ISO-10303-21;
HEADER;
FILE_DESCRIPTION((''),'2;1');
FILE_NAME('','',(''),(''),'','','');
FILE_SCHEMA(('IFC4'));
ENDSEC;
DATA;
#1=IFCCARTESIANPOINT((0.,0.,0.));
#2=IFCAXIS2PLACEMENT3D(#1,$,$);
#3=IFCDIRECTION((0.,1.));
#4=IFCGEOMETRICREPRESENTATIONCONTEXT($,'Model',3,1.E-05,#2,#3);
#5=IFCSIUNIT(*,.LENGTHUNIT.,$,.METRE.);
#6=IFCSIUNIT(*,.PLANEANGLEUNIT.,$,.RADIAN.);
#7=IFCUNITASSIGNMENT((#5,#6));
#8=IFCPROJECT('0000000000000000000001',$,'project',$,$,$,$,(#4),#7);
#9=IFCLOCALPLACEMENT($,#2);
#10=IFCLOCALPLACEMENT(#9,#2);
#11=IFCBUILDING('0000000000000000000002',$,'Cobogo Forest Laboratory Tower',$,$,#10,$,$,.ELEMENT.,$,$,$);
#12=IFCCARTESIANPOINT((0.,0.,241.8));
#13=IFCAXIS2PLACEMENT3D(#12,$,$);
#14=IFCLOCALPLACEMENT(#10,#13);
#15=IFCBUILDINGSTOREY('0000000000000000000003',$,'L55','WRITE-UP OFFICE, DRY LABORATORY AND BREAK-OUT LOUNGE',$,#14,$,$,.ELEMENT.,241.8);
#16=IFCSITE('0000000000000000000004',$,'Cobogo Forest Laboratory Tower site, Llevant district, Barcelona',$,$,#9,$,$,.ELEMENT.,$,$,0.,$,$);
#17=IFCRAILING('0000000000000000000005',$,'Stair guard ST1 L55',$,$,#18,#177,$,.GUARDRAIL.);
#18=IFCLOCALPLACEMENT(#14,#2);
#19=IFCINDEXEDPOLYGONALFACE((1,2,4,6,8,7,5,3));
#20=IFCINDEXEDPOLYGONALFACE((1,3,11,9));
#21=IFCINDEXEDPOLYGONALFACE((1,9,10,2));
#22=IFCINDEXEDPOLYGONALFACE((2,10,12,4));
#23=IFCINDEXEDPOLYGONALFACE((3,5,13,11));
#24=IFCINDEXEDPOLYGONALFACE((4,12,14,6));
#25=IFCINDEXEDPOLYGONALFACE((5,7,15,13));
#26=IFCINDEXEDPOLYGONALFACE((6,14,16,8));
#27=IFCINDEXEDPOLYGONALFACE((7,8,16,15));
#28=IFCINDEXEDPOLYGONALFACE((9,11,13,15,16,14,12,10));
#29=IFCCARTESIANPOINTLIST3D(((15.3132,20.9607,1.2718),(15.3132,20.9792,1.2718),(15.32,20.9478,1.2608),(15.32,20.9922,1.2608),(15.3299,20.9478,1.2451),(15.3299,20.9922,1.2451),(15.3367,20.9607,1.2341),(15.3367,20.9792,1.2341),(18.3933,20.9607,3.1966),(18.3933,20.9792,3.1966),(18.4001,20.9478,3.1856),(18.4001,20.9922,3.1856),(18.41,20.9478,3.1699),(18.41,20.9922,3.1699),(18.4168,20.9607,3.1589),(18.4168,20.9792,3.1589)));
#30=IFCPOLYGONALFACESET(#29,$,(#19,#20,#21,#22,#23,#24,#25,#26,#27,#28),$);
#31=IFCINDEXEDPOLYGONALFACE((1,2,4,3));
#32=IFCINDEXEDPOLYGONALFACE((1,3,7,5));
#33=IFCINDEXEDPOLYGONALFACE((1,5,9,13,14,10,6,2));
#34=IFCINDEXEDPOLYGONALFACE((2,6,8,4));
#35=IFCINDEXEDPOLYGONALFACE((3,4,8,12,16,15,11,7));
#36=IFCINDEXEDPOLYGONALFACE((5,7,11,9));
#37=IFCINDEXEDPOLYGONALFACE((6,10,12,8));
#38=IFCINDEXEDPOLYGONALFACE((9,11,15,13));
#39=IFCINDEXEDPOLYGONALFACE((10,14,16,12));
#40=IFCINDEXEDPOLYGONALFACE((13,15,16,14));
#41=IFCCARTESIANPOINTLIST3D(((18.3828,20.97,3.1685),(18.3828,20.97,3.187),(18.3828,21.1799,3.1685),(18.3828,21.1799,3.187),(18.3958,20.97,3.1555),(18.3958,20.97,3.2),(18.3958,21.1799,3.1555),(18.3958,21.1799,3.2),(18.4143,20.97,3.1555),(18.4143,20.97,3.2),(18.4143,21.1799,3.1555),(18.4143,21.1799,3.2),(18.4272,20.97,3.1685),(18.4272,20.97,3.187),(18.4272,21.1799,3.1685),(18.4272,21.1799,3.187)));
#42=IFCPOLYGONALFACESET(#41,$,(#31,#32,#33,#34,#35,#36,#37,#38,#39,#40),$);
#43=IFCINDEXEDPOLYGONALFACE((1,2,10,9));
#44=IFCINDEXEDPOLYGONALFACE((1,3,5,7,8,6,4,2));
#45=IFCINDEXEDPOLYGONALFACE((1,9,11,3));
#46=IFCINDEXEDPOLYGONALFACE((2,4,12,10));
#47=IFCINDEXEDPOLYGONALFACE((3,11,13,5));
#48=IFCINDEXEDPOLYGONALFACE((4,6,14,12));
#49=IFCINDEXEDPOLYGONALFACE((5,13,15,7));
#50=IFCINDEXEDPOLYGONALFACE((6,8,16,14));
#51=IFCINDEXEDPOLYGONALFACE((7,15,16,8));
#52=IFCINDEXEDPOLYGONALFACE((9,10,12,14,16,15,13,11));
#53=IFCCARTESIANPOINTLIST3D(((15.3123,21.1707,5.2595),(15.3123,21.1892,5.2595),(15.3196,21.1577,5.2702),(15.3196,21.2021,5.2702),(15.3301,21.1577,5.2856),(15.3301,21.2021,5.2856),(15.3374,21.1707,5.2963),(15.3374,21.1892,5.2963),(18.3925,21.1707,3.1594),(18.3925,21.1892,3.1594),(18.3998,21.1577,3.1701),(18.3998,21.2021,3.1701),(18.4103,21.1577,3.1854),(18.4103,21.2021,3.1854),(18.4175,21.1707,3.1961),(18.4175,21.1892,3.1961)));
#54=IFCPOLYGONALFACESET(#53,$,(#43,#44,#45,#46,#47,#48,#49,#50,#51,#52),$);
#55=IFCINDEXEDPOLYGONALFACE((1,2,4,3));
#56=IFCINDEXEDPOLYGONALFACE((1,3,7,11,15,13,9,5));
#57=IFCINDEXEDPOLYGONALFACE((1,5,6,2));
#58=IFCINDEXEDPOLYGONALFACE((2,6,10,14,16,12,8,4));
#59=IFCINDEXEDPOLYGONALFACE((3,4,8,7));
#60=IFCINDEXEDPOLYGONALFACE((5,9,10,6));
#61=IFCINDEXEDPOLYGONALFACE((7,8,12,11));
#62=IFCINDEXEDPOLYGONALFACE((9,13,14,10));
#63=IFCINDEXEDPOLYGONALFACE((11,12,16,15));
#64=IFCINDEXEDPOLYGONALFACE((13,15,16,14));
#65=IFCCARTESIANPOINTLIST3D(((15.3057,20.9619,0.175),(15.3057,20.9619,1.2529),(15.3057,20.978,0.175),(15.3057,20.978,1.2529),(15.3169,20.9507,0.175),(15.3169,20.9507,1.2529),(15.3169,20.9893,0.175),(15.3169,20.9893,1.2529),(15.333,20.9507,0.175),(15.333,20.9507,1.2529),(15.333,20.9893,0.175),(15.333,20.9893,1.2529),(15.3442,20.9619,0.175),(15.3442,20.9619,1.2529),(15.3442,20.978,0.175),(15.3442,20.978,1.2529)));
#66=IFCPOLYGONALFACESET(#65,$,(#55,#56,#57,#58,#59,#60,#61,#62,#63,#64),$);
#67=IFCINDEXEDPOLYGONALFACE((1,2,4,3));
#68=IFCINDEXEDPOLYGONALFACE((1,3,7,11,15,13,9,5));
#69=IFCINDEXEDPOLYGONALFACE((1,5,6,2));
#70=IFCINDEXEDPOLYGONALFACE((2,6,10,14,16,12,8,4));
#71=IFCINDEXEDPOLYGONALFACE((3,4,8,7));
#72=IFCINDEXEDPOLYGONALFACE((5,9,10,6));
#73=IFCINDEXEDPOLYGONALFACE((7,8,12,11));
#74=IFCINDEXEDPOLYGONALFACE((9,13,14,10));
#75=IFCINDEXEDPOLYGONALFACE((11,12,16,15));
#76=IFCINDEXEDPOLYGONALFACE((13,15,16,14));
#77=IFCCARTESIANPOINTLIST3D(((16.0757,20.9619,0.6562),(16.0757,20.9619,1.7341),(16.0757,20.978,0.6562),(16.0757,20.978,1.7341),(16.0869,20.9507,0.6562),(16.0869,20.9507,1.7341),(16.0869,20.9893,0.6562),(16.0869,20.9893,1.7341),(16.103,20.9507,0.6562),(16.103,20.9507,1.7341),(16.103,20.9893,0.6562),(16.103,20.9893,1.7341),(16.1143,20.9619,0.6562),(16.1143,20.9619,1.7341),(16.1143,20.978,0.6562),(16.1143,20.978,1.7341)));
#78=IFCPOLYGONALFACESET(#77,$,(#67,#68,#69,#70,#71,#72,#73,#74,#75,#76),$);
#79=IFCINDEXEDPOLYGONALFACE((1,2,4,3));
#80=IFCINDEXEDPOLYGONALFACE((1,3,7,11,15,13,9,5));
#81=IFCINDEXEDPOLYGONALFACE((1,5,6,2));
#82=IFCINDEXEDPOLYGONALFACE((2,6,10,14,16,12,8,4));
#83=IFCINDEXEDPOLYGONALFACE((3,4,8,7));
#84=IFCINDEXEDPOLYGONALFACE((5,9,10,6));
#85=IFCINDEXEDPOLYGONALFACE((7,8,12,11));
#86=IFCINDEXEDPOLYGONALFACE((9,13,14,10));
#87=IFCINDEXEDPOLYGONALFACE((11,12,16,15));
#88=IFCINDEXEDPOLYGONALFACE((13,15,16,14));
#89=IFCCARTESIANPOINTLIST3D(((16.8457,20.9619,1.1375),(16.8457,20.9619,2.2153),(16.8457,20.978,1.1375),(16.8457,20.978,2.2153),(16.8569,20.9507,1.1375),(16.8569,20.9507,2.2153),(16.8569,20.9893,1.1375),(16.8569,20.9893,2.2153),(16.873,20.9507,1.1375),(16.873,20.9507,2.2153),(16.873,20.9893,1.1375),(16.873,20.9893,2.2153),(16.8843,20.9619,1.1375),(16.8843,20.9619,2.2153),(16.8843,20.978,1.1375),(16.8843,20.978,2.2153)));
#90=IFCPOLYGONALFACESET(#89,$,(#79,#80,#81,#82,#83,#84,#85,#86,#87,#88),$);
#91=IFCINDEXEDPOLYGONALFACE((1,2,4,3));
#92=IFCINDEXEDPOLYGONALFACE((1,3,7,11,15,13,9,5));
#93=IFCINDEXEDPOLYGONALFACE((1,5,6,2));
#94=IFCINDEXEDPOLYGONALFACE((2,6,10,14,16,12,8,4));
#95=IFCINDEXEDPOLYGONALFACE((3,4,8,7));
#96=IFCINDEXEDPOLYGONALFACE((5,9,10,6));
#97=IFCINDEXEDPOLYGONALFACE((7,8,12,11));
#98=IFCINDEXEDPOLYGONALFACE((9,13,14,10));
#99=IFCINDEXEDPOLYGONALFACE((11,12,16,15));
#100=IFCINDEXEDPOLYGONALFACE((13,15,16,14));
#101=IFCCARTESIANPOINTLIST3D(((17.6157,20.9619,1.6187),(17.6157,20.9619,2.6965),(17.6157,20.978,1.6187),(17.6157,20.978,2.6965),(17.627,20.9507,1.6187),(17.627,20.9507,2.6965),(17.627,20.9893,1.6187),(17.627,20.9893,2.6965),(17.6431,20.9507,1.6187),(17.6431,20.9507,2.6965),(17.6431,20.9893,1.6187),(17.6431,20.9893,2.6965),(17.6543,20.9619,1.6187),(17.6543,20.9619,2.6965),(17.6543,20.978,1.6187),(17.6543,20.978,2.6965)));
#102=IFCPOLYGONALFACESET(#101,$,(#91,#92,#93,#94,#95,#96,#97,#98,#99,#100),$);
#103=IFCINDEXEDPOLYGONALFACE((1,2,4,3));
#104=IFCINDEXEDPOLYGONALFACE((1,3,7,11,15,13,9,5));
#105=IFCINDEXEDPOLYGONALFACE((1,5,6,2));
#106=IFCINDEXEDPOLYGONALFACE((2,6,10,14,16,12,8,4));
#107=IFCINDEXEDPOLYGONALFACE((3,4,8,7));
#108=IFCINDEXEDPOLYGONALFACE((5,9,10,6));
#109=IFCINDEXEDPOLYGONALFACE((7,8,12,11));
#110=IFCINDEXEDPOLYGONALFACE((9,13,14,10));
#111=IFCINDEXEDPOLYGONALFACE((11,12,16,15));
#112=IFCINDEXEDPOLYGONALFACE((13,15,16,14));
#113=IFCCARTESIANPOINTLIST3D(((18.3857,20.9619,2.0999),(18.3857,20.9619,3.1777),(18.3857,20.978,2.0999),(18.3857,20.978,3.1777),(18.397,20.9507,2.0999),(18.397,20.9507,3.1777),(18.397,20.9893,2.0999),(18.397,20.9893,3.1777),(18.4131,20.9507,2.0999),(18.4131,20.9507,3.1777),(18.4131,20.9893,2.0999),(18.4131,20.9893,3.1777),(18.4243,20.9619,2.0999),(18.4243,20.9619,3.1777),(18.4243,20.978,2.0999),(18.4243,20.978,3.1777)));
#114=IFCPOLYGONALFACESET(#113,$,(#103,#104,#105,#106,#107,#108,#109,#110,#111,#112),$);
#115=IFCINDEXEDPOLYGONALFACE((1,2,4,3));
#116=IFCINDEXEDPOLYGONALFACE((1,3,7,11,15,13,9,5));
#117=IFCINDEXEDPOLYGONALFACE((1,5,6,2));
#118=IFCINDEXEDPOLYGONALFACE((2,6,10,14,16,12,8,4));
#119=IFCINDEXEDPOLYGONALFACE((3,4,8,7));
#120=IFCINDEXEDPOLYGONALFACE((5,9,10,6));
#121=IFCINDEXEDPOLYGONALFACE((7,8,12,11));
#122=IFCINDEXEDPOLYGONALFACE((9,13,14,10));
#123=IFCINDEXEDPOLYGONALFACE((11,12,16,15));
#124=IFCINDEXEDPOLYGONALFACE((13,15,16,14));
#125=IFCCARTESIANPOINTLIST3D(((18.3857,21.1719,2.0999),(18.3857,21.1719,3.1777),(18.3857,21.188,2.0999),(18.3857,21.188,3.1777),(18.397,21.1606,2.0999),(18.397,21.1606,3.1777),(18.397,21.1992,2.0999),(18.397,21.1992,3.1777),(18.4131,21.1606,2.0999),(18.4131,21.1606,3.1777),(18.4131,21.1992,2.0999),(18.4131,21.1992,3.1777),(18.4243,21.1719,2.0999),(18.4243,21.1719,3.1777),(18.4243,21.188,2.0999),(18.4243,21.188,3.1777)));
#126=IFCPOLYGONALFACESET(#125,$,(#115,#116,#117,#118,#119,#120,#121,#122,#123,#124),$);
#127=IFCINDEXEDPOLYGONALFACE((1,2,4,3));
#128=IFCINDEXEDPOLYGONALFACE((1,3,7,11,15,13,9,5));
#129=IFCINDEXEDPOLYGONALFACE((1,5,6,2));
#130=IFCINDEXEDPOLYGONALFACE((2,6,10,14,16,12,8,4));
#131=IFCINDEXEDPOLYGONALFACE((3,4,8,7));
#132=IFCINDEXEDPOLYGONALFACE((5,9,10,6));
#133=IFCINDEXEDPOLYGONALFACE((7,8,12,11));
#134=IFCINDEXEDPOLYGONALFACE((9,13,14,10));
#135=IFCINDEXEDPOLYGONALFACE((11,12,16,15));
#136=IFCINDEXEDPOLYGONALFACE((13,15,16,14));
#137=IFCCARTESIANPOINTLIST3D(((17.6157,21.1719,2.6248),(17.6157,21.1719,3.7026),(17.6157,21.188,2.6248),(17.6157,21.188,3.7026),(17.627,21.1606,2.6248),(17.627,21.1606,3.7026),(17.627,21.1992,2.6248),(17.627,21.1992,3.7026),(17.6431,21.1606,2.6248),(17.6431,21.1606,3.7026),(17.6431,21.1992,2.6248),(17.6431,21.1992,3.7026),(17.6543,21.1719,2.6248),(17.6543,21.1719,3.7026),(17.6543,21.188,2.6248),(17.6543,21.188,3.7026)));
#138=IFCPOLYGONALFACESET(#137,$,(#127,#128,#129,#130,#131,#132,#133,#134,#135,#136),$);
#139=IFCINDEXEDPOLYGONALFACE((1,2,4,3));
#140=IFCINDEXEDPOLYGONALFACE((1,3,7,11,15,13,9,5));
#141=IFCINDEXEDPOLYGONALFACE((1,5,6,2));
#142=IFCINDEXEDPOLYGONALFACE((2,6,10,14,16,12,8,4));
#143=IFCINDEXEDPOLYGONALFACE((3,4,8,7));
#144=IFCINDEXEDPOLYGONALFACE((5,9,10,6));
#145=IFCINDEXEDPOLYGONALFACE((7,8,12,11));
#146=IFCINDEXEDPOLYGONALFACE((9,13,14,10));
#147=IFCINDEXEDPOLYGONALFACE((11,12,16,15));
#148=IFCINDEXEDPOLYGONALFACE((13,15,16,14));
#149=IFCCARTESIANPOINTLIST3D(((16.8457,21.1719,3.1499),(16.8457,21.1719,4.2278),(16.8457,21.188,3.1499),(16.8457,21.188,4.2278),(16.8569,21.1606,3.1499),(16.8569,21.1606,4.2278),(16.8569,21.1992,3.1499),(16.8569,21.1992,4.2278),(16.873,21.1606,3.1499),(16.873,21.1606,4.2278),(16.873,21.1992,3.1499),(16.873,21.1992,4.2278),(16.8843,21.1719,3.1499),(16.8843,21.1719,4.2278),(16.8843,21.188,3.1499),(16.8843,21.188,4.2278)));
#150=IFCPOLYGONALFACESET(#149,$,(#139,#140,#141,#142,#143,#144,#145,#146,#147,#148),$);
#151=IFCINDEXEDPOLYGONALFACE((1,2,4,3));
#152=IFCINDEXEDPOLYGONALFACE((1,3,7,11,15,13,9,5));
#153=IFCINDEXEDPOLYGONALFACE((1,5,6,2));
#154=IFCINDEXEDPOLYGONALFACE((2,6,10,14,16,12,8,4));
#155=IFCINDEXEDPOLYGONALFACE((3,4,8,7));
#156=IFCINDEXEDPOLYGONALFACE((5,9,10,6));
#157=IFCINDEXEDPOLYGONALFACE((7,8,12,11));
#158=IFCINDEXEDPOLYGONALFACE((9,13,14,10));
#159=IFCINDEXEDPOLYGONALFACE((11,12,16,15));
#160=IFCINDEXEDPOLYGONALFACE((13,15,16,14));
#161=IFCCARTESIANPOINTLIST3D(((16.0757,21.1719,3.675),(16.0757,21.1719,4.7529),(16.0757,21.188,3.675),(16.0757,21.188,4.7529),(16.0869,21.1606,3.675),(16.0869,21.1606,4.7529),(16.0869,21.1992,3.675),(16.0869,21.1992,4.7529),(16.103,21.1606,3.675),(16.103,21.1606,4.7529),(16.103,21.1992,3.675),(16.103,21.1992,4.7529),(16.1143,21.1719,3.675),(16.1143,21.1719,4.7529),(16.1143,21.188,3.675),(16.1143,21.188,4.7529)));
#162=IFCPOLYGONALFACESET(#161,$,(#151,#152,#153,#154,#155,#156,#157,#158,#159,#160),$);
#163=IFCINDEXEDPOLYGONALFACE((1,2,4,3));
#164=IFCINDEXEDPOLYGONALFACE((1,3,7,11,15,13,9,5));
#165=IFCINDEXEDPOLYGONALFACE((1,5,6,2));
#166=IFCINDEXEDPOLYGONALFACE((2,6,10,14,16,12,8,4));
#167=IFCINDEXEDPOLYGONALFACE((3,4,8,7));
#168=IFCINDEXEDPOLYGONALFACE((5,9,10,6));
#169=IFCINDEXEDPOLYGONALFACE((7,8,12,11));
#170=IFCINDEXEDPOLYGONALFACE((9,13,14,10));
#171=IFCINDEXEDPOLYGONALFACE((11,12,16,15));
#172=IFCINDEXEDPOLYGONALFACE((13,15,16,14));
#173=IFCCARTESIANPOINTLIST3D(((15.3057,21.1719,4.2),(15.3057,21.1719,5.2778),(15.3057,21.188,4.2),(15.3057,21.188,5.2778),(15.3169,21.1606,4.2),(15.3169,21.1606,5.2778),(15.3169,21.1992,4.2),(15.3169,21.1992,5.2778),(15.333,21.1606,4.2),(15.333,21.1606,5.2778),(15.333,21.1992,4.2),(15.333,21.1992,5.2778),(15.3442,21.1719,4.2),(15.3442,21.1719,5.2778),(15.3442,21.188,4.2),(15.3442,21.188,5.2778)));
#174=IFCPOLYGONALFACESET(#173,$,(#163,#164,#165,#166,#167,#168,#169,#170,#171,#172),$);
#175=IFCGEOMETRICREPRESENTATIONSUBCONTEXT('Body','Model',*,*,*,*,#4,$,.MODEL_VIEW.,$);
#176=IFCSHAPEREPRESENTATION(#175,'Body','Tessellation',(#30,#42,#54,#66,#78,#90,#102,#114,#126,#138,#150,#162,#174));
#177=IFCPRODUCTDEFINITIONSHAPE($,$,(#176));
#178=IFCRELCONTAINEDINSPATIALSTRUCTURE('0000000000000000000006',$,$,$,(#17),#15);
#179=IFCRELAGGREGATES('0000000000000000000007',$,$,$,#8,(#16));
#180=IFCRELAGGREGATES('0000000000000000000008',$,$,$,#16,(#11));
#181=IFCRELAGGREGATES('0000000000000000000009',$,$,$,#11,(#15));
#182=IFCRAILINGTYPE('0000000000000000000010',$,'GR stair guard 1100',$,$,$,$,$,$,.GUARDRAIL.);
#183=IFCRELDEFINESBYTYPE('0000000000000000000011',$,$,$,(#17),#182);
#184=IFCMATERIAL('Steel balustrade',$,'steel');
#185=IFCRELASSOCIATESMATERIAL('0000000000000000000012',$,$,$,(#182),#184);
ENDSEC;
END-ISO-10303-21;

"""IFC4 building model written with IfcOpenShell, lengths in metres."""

from ifc_helpers import new_model, si_unit, direction, frame, origin, place, context, subcontext, project, spatial, polyline, outline, extrude, material, type_object, element, save


model = new_model("IFC4")

# Units and contexts
model_context = context("Model", 3, precision=1e-05, world=origin(), true_north=direction((0.0, 1.0)))
body_context = subcontext(model_context, "Body", "Model", "MODEL_VIEW")
ifc_project = project(units=[si_unit("LENGTHUNIT", "METRE"), si_unit("PLANEANGLEUNIT", "RADIAN")], contexts=[model_context])

# Site, building, storey
site_placement = place(None, origin())
site = spatial("IfcSite", under=ifc_project, at=site_placement, Name="Cobogo Forest Laboratory Tower site, Llevant district, Barcelona", CompositionType="ELEMENT", RefElevation=0.0)
building_placement = place(site_placement, origin())
building = spatial("IfcBuilding", under=site, at=building_placement, Name="Cobogo Forest Laboratory Tower", CompositionType="ELEMENT")
storey_placement = place(building_placement, frame((0.0, 0.0, 241.8)))
storey = spatial("IfcBuildingStorey", under=building, at=storey_placement, Name="L55", Description="WRITE-UP OFFICE, DRY LABORATORY AND BREAK-OUT LOUNGE", CompositionType="ELEMENT", Elevation=241.8)

# Railing
ifc_material_1 = material(Name="Steel balustrade", Category="steel")
railing_type_1 = type_object("IfcRailingType", Name="GR stair guard 1100", PredefinedType="GUARDRAIL", material=ifc_material_1)
railing_1_placement = place(storey_placement, frame((15.325, 20.97, 0.175)))
element("IfcRailing", 1, at=railing_1_placement, inside=storey, type_object=railing_type_1, Name="Stair guard ST1 L55", PredefinedType="GUARDRAIL", context=body_context, shape_type="SweptSolid", body=[
    extrude(outline(polyline([(0.0222, 0.0093), (0.0093, 0.0222), (-0.0093, 0.0222), (-0.0222, 0.0093), (-0.0222, -0.0093), (-0.0093, -0.0222), (0.0093, -0.0222), (0.0222, -0.0093), (0.0222, 0.0093)])), frame((0.0, 0.0, 1.0779), z_axis=(0.848029, 0.0, 0.529951), x_axis=(0.0, 1.0, 0.0)), (0.0, 0.0, 1.0), 3.6321),
    extrude(outline(polyline([(0.0222, 0.0093), (0.0093, 0.0222), (-0.0093, 0.0222), (-0.0222, 0.0093), (-0.0222, -0.0093), (-0.0093, -0.0222), (0.0093, -0.0222), (0.0222, -0.0093), (0.0222, 0.0093)])), frame((3.0801, 0.0, 3.0027), z_axis=(0.0, 1.0, 0.0), x_axis=(-1.0, 0.0, 0.0)), (0.0, 0.0, 1.0), 0.21),
    extrude(outline(polyline([(0.0222, 0.0093), (0.0093, 0.0222), (-0.0093, 0.0222), (-0.0222, 0.0093), (-0.0222, -0.0093), (-0.0093, -0.0222), (0.0093, -0.0222), (0.0222, -0.0093), (0.0222, 0.0093)])), frame((3.0801, 0.21, 3.0027), z_axis=(-0.826222, 0.0, 0.563345), x_axis=(0.0, -1.0, 0.0)), (0.0, 0.0, 1.0), 3.728),
    extrude(outline(polyline([(0.0193, 0.0081), (0.0081, 0.0193), (-0.0081, 0.0193), (-0.0193, 0.0081), (-0.0193, -0.0081), (-0.0081, -0.0193), (0.0081, -0.0193), (0.0193, -0.0081), (0.0193, 0.0081)])), origin(), (0.0, 0.0, 1.0), 1.0779),
    extrude(outline(polyline([(0.0193, 0.0081), (0.0081, 0.0193), (-0.0081, 0.0193), (-0.0193, 0.0081), (-0.0193, -0.0081), (-0.0081, -0.0193), (0.0081, -0.0193), (0.0193, -0.0081), (0.0193, 0.0081)])), frame((0.77, 0.0, 0.4812)), (0.0, 0.0, 1.0), 1.0779),
    extrude(outline(polyline([(0.0193, 0.0081), (0.0081, 0.0193), (-0.0081, 0.0193), (-0.0193, 0.0081), (-0.0193, -0.0081), (-0.0081, -0.0193), (0.0081, -0.0193), (0.0193, -0.0081), (0.0193, 0.0081)])), frame((1.54, 0.0, 0.9624)), (0.0, 0.0, 1.0), 1.0779),
    extrude(outline(polyline([(0.0193, 0.0081), (0.0081, 0.0193), (-0.0081, 0.0193), (-0.0193, 0.0081), (-0.0193, -0.0081), (-0.0081, -0.0193), (0.0081, -0.0193), (0.0193, -0.0081), (0.0193, 0.0081)])), frame((2.3101, 0.0, 1.4436)), (0.0, 0.0, 1.0), 1.0779),
    extrude(outline(polyline([(0.0193, 0.0081), (0.0081, 0.0193), (-0.0081, 0.0193), (-0.0193, 0.0081), (-0.0193, -0.0081), (-0.0081, -0.0193), (0.0081, -0.0193), (0.0193, -0.0081), (0.0193, 0.0081)])), frame((3.0801, 0.0, 1.9248)), (0.0, 0.0, 1.0), 1.0779),
    extrude(outline(polyline([(0.0193, 0.0081), (0.0081, 0.0193), (-0.0081, 0.0193), (-0.0193, 0.0081), (-0.0193, -0.0081), (-0.0081, -0.0193), (0.0081, -0.0193), (0.0193, -0.0081), (0.0193, 0.0081)])), frame((3.0801, 0.21, 1.9248)), (0.0, 0.0, 1.0), 1.0779),
    extrude(outline(polyline([(0.0193, 0.0081), (0.0081, 0.0193), (-0.0081, 0.0193), (-0.0193, 0.0081), (-0.0193, -0.0081), (-0.0081, -0.0193), (0.0081, -0.0193), (0.0193, -0.0081), (0.0193, 0.0081)])), frame((2.3101, 0.21, 2.4497)), (0.0, 0.0, 1.0), 1.0779),
    extrude(outline(polyline([(0.0193, 0.0081), (0.0081, 0.0193), (-0.0081, 0.0193), (-0.0193, 0.0081), (-0.0193, -0.0081), (-0.0081, -0.0193), (0.0081, -0.0193), (0.0193, -0.0081), (0.0193, 0.0081)])), frame((1.54, 0.21, 2.9749)), (0.0, 0.0, 1.0), 1.0779),
    extrude(outline(polyline([(0.0193, 0.0081), (0.0081, 0.0193), (-0.0081, 0.0193), (-0.0193, 0.0081), (-0.0193, -0.0081), (-0.0081, -0.0193), (0.0081, -0.0193), (0.0193, -0.0081), (0.0193, 0.0081)])), frame((0.77, 0.21, 3.5)), (0.0, 0.0, 1.0), 1.0779),
    extrude(outline(polyline([(0.0193, 0.0081), (0.0081, 0.0193), (-0.0081, 0.0193), (-0.0193, 0.0081), (-0.0193, -0.0081), (-0.0081, -0.0193), (0.0081, -0.0193), (0.0193, -0.0081), (0.0193, 0.0081)])), frame((0.0, 0.21, 4.0249)), (0.0, 0.0, 1.0), 1.0779),
])

save(model, "model.ifc")
